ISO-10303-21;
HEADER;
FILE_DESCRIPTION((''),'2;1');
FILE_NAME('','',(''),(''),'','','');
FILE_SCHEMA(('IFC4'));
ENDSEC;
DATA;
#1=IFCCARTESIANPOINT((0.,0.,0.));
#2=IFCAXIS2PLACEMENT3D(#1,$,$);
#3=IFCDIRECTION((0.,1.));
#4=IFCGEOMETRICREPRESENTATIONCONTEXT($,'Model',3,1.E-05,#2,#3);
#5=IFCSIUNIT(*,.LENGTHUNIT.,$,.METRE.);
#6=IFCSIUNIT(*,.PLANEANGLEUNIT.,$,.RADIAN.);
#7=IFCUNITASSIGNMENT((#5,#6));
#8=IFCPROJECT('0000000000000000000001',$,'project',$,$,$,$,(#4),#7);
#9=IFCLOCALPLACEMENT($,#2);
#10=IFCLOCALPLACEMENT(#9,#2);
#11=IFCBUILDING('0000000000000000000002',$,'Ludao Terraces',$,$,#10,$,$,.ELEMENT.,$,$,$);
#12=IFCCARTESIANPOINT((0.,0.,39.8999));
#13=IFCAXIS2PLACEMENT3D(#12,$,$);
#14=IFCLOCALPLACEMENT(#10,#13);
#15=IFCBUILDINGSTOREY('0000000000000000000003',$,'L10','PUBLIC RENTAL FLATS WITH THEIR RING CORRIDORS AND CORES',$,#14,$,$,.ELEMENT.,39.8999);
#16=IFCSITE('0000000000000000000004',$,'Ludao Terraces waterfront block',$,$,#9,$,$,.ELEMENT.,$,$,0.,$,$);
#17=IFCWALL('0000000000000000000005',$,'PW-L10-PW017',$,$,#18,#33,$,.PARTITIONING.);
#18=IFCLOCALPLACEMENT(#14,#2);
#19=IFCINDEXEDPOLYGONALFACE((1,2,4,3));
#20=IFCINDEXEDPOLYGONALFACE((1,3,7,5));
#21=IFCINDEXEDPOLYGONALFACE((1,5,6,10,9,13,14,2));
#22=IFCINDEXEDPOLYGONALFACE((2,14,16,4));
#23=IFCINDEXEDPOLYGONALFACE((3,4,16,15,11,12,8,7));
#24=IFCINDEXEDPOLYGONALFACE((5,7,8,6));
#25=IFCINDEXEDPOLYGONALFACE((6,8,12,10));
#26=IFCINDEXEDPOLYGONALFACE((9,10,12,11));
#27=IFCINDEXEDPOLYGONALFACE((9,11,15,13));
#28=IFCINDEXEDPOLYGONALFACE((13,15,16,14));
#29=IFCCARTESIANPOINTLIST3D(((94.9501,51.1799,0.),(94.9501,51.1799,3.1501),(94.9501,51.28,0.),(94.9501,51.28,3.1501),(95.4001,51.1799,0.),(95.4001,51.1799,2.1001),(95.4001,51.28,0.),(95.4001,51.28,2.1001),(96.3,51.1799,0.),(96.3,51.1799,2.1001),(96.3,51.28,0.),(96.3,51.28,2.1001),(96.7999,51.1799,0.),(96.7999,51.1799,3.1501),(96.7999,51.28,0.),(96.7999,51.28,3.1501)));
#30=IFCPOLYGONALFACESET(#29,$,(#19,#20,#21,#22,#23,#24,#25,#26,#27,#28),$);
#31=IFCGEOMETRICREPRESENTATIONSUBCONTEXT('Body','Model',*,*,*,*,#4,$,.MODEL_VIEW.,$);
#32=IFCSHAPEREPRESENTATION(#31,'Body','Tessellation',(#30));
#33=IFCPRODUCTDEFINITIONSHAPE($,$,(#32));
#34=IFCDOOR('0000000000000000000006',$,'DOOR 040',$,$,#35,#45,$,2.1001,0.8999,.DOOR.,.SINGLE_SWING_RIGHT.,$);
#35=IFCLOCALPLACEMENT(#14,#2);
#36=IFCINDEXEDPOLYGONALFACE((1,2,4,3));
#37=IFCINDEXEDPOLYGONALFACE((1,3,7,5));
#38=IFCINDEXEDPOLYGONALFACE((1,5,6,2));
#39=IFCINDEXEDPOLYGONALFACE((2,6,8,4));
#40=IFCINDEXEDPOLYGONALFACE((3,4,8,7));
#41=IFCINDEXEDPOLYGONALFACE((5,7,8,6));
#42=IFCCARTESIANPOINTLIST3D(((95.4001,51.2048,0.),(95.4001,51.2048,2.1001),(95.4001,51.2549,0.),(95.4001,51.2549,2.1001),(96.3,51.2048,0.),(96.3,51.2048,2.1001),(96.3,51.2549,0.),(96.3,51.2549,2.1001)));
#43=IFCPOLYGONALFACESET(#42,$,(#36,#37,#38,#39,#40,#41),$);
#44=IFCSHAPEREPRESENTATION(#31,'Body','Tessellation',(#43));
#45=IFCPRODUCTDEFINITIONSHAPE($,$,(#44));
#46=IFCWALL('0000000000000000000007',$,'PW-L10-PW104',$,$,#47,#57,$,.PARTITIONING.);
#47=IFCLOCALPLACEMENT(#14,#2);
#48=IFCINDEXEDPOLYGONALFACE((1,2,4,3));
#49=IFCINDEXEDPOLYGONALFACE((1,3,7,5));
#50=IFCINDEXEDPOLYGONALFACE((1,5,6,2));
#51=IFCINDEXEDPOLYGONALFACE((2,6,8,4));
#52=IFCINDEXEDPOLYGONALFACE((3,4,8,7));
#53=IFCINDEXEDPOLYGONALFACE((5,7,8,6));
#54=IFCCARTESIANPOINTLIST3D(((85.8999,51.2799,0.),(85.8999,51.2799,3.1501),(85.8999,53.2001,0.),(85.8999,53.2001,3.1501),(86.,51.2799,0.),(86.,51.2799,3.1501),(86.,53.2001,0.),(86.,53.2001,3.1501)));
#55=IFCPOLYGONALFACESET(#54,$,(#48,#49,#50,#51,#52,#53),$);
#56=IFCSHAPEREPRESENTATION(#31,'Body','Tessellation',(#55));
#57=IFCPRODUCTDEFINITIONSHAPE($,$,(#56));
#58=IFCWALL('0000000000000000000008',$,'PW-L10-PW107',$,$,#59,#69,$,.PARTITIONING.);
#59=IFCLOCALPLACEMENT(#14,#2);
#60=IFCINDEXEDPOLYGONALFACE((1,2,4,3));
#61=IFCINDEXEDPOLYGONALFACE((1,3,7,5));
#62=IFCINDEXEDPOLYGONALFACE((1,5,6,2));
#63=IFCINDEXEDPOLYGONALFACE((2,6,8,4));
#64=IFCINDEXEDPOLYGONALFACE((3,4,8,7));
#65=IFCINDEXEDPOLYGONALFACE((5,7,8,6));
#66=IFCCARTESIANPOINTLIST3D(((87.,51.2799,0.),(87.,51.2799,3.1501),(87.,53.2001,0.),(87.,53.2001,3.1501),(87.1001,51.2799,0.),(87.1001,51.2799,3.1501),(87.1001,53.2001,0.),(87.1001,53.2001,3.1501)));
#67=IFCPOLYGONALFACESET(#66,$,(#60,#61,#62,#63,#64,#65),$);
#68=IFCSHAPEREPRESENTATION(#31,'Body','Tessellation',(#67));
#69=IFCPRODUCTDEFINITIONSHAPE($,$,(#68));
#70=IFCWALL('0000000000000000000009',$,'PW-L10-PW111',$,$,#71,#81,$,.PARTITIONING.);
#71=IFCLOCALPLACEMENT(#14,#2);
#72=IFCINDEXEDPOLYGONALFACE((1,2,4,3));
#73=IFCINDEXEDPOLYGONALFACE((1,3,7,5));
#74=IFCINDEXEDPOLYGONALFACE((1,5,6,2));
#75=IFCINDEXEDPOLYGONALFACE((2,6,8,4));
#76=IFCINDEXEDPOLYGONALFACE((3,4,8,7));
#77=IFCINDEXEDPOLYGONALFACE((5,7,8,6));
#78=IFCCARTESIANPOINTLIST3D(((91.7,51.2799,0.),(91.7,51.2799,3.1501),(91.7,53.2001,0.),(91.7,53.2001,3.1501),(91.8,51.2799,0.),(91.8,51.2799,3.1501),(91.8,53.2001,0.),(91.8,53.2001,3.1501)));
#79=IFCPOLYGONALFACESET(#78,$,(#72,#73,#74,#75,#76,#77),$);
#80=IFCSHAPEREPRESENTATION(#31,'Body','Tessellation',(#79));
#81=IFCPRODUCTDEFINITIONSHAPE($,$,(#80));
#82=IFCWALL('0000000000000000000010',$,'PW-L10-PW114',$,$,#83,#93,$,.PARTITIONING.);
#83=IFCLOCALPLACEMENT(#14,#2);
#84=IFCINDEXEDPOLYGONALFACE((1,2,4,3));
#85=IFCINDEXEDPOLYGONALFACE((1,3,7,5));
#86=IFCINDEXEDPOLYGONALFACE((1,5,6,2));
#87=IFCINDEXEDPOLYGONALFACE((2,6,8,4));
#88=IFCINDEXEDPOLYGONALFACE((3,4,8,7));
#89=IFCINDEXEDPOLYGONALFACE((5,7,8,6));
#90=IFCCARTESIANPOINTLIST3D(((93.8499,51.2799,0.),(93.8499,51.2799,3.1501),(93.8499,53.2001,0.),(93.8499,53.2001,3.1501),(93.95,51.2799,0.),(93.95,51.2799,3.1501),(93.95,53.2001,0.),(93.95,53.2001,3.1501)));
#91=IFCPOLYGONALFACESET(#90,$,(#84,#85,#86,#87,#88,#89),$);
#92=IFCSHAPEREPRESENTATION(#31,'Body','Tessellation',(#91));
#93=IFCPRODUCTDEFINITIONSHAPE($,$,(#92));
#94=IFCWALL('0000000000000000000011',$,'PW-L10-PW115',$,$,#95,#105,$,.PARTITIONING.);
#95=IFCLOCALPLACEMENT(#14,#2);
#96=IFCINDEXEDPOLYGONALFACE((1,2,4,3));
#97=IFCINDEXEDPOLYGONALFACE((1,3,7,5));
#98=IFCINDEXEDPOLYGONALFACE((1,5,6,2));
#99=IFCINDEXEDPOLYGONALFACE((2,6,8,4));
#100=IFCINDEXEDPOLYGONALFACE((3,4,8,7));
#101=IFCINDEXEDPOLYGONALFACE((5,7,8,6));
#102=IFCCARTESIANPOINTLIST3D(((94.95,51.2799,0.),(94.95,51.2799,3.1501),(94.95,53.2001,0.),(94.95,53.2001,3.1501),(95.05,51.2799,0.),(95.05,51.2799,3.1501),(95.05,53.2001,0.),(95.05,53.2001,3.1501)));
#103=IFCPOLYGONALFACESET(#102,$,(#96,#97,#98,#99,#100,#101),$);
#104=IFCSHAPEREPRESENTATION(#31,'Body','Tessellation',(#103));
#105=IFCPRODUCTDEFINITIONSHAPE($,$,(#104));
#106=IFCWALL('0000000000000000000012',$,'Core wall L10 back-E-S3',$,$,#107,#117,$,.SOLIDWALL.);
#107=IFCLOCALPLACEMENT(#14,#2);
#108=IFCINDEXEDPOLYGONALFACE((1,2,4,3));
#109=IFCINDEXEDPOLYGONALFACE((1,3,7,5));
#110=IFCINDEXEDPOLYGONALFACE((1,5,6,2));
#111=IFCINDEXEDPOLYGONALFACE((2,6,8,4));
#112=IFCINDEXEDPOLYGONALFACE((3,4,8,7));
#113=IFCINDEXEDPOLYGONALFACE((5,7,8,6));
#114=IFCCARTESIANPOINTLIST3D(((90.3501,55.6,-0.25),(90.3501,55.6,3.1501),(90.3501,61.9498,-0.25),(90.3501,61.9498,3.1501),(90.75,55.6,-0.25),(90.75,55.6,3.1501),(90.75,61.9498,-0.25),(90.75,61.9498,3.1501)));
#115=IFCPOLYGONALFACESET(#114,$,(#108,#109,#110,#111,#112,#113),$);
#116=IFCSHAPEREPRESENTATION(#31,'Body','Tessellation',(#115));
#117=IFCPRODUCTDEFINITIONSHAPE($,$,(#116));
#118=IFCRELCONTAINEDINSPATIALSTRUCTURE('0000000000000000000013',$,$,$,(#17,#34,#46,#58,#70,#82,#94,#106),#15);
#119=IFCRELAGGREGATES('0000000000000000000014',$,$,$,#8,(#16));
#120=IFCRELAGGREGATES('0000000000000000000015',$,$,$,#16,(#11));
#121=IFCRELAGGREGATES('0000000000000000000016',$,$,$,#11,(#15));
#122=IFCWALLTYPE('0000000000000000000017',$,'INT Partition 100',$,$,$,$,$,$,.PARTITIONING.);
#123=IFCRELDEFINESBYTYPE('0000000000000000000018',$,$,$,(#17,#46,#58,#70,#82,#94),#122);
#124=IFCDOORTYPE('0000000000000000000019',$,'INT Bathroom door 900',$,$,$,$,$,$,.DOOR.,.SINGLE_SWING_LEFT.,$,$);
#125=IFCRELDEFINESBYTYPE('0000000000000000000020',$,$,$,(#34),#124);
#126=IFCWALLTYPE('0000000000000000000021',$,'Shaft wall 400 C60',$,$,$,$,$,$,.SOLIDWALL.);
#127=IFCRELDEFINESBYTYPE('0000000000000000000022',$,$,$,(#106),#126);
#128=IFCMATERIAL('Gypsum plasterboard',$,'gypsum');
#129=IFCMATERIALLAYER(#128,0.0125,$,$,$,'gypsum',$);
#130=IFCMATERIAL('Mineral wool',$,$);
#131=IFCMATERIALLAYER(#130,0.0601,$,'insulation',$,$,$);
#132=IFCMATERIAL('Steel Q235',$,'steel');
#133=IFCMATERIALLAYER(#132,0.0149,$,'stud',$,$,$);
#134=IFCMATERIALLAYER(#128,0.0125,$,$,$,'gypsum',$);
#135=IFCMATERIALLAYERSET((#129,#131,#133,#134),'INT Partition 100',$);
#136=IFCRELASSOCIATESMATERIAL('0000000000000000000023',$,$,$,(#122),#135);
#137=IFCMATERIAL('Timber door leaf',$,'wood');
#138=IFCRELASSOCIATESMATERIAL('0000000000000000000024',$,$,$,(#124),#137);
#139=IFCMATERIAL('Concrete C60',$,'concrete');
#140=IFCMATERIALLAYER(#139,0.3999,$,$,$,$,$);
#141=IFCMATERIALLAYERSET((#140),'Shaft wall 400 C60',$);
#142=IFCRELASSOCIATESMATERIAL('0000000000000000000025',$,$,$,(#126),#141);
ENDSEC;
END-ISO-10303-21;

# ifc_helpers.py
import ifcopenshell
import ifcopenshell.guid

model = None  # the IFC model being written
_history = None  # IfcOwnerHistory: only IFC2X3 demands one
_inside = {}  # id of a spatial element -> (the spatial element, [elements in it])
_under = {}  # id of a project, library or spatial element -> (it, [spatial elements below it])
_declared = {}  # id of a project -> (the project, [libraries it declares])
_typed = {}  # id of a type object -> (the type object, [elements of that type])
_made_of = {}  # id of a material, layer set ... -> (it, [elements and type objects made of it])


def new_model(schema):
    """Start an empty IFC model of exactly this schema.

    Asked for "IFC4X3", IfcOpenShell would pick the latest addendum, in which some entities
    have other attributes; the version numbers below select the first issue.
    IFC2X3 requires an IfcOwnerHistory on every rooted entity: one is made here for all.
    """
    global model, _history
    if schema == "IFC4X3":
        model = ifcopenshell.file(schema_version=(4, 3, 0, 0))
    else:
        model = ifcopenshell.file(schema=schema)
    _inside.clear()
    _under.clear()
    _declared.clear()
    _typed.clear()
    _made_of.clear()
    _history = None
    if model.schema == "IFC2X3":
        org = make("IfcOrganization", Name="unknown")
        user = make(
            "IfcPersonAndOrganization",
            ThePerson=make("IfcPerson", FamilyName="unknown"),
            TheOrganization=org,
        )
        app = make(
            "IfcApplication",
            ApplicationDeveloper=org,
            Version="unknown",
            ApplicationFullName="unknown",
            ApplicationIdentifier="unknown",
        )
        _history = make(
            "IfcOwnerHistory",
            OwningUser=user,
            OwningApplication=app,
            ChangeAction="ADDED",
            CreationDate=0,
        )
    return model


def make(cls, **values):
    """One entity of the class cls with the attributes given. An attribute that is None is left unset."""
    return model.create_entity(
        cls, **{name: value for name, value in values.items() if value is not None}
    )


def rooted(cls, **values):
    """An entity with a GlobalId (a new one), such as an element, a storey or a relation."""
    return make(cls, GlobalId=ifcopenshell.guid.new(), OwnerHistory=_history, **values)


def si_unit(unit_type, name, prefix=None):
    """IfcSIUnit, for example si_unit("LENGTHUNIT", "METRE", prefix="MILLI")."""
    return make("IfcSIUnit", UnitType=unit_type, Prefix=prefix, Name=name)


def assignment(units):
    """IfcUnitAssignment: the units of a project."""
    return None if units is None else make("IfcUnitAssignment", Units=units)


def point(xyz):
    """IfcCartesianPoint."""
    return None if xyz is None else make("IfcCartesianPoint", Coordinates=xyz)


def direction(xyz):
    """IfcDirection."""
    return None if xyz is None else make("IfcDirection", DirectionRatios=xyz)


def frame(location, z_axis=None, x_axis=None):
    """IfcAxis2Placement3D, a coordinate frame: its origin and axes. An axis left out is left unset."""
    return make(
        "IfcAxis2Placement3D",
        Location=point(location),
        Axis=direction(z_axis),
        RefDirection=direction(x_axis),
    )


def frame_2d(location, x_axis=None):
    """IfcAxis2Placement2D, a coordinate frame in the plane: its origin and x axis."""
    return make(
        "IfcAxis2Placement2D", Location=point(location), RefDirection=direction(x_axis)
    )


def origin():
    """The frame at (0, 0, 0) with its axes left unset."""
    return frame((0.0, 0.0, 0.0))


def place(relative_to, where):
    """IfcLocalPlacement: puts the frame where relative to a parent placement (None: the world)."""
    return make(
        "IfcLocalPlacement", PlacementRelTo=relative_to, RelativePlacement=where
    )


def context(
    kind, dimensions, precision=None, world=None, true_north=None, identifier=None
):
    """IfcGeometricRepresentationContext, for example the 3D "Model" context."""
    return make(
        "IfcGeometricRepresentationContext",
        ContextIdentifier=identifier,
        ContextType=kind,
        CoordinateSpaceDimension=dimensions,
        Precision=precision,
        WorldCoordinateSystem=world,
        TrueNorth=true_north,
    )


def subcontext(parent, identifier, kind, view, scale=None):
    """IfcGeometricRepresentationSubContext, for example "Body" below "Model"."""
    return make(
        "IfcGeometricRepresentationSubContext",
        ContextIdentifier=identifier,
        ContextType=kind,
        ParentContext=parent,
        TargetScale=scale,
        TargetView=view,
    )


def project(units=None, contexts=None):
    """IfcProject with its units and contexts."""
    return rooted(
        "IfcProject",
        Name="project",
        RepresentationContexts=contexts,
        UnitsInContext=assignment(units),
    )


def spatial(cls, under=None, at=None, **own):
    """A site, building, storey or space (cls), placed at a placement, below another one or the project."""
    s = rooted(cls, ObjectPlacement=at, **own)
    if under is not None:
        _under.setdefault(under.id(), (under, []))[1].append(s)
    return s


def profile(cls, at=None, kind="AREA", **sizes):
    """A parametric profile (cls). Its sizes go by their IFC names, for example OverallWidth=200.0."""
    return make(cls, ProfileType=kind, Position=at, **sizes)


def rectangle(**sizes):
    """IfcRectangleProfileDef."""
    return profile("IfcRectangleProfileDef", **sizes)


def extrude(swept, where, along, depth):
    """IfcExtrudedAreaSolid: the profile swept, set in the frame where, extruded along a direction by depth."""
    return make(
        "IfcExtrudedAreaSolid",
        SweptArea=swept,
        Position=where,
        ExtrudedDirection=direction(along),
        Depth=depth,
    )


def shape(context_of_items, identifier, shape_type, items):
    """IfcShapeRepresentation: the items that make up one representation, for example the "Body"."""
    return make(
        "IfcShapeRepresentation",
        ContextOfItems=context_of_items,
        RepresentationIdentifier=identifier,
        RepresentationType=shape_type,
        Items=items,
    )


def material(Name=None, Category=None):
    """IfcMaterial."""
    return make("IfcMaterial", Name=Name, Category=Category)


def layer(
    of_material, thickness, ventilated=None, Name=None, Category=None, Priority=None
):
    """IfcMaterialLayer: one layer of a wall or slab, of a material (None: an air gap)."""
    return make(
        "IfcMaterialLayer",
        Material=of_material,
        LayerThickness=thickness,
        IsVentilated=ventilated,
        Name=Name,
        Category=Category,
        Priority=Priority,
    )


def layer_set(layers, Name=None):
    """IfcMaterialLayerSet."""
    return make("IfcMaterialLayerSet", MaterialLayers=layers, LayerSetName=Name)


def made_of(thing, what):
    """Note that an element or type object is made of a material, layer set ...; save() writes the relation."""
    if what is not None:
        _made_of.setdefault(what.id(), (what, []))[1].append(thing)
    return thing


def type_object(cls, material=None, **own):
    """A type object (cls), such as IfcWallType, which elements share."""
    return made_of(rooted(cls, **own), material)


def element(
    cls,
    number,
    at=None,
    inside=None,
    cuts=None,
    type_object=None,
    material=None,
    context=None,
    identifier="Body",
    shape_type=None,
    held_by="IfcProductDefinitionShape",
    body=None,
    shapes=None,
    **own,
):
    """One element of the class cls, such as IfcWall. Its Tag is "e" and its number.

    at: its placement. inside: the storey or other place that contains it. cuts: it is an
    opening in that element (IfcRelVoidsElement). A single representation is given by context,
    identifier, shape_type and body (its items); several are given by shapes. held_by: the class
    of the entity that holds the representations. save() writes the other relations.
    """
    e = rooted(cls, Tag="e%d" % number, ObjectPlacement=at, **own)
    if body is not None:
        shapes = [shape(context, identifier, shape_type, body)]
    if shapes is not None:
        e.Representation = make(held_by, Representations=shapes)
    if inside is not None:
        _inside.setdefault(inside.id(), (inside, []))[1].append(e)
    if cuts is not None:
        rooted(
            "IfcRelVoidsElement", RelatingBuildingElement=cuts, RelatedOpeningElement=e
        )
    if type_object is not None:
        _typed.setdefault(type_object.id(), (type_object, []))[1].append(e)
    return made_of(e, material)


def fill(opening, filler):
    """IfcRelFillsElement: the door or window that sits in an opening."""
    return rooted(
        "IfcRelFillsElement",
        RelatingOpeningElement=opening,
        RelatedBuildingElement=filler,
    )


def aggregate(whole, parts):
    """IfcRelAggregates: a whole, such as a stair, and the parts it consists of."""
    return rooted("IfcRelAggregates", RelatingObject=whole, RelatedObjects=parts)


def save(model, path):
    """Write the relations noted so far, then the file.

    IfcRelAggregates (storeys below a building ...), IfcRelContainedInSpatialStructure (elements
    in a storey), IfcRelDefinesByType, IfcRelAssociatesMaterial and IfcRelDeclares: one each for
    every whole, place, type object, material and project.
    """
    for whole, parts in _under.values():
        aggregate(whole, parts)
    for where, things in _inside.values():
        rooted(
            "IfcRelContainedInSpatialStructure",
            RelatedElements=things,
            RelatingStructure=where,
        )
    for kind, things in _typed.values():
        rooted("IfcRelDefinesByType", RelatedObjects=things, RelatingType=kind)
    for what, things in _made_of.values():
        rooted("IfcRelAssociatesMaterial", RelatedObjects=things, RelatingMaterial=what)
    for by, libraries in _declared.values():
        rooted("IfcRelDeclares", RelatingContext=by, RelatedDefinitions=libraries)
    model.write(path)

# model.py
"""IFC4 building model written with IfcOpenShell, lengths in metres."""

from ifc_helpers import new_model, si_unit, direction, frame, frame_2d, origin, place, context, subcontext, project, spatial, rectangle, extrude, material, layer, layer_set, type_object, element, fill, save


model = new_model("IFC4")

# Units and contexts
model_context = context("Model", 3, precision=1e-05, world=origin(), true_north=direction((0.0, 1.0)))
body_context = subcontext(model_context, "Body", "Model", "MODEL_VIEW")
ifc_project = project(units=[si_unit("LENGTHUNIT", "METRE"), si_unit("PLANEANGLEUNIT", "RADIAN")], contexts=[model_context])

# Site, building, storey
site_placement = place(None, origin())
site = spatial("IfcSite", under=ifc_project, at=site_placement, Name="Ludao Terraces waterfront block", CompositionType="ELEMENT", RefElevation=0.0)
building_placement = place(site_placement, origin())
building = spatial("IfcBuilding", under=site, at=building_placement, Name="Ludao Terraces", CompositionType="ELEMENT")
storey_placement = place(building_placement, frame((0.0, 0.0, 39.8999)))
storey = spatial("IfcBuildingStorey", under=building, at=storey_placement, Name="L10", Description="PUBLIC RENTAL FLATS WITH THEIR RING CORRIDORS AND CORES", CompositionType="ELEMENT", Elevation=39.8999)

# Shared definitions
ifc_material_1 = material(Name="Steel Q235", Category="steel")
ifc_material_2 = material(Name="Mineral wool")
ifc_material_3 = material(Name="Timber door leaf", Category="wood")

# Shared definitions
ifc_material_4 = material(Name="Gypsum plasterboard", Category="gypsum")
ifc_layer_1 = layer(ifc_material_4, 0.0125, Category="gypsum")
ifc_layer_2 = layer(ifc_material_2, 0.0601, Name="insulation")
ifc_layer_3 = layer(ifc_material_1, 0.0149, Name="stud")
ifc_layer_4 = layer(ifc_material_4, 0.0125, Category="gypsum")
ifc_layer_set_1 = layer_set([ifc_layer_1, ifc_layer_2, ifc_layer_3, ifc_layer_4], Name="INT Partition 100")
wall_type_1 = type_object("IfcWallType", Name="INT Partition 100", PredefinedType="PARTITIONING", material=ifc_layer_set_1)

# Wall, opening, door
wall_1_placement = place(storey_placement, frame((94.9502, 51.23, 0.0), z_axis=(0.0, 0.0, 1.0), x_axis=(1.0, 0.0, 0.0)))
wall_1 = element("IfcWall", 1, at=wall_1_placement, inside=storey, type_object=wall_type_1, Name="PW-L10-PW017", PredefinedType="PARTITIONING", context=body_context, shape_type="SweptSolid", body=[
    extrude(rectangle(XDim=1.8499, YDim=0.1001, at=frame_2d((0.9248, 0.0))), origin(), (0.0, 0.0, 1.0), 3.1501),
])
opening_1_placement = place(wall_1_placement, frame((0.45, 0.0, 0.0)))
opening_1 = element("IfcOpeningElement", 2, at=opening_1_placement, cuts=wall_1, PredefinedType="OPENING", context=body_context, shape_type="SweptSolid", body=[
    extrude(rectangle(XDim=0.8999, YDim=2.1001, at=frame_2d((0.45, 1.05))), frame((0.0, 0.0601, 0.0), z_axis=(0.0, -1.0, 0.0), x_axis=(1.0, 0.0, 0.0)), (0.0, 0.0, 1.0), 0.1201),
])
door_type_1 = type_object("IfcDoorType", Name="INT Bathroom door 900", OperationType="SINGLE_SWING_LEFT", PredefinedType="DOOR", material=ifc_material_3)
door_1_placement = place(opening_1_placement, origin())
door_1 = element("IfcDoor", 3, at=door_1_placement, inside=storey, type_object=door_type_1, Name="DOOR 040", OperationType="SINGLE_SWING_RIGHT", OverallHeight=2.1001, OverallWidth=0.8999, PredefinedType="DOOR", context=body_context, shape_type="SweptSolid", body=[
    extrude(rectangle(XDim=0.8999, YDim=2.1001, at=frame_2d((0.45, 1.05))), frame((0.0, 0.0249, 0.0), z_axis=(0.0, -1.0, 0.0), x_axis=(1.0, 0.0, 0.0)), (0.0, 0.0, 1.0), 0.05),
])
fill(opening_1, door_1)

# Walls
for number, where, z_axis, x_axis, name in (
    (4, (85.95, 51.28, 0.0), (0.0, 0.0, 1.0), (0.0, 1.0, 0.0), "PW-L10-PW104"),
    (5, (87.05, 51.28, 0.0), (0.0, 0.0, 1.0), (0.0, 1.0, 0.0), "PW-L10-PW107"),
    (6, (91.75, 51.28, 0.0), (0.0, 0.0, 1.0), (0.0, 1.0, 0.0), "PW-L10-PW111"),
    (7, (93.8999, 51.28, 0.0), (0.0, 0.0, 1.0), (0.0, 1.0, 0.0), "PW-L10-PW114"),
    (8, (95.0, 51.28, 0.0), (0.0, 0.0, 1.0), (0.0, 1.0, 0.0), "PW-L10-PW115"),
):
    element("IfcWall", number, at=place(storey_placement, frame(where, z_axis=z_axis, x_axis=x_axis)), inside=storey, type_object=wall_type_1, Name=name, PredefinedType="PARTITIONING", context=body_context, shape_type="SweptSolid", body=[
        extrude(rectangle(XDim=1.9202, YDim=0.1001, at=frame_2d((0.96, 0.0))), origin(), (0.0, 0.0, 1.0), 3.1501),
    ])
ifc_material_5 = material(Name="Concrete C60", Category="concrete")
ifc_layer_5 = layer(ifc_material_5, 0.3999)
ifc_layer_set_2 = layer_set([ifc_layer_5], Name="Shaft wall 400 C60")
wall_type_2 = type_object("IfcWallType", Name="Shaft wall 400 C60", PredefinedType="SOLIDWALL", material=ifc_layer_set_2)
wall_2_placement = place(storey_placement, frame((90.55, 55.6001, -0.25), z_axis=(0.0, 0.0, 1.0), x_axis=(0.0, 1.0, 0.0)))
element("IfcWall", 9, at=wall_2_placement, inside=storey, type_object=wall_type_2, Name="Core wall L10 back-E-S3", PredefinedType="SOLIDWALL", context=body_context, shape_type="SweptSolid", body=[
    extrude(rectangle(XDim=6.3499, YDim=0.3999, at=frame_2d((3.1748, 0.0))), origin(), (0.0, 0.0, 1.0), 3.4001),
])

save(model, "model.ifc")
